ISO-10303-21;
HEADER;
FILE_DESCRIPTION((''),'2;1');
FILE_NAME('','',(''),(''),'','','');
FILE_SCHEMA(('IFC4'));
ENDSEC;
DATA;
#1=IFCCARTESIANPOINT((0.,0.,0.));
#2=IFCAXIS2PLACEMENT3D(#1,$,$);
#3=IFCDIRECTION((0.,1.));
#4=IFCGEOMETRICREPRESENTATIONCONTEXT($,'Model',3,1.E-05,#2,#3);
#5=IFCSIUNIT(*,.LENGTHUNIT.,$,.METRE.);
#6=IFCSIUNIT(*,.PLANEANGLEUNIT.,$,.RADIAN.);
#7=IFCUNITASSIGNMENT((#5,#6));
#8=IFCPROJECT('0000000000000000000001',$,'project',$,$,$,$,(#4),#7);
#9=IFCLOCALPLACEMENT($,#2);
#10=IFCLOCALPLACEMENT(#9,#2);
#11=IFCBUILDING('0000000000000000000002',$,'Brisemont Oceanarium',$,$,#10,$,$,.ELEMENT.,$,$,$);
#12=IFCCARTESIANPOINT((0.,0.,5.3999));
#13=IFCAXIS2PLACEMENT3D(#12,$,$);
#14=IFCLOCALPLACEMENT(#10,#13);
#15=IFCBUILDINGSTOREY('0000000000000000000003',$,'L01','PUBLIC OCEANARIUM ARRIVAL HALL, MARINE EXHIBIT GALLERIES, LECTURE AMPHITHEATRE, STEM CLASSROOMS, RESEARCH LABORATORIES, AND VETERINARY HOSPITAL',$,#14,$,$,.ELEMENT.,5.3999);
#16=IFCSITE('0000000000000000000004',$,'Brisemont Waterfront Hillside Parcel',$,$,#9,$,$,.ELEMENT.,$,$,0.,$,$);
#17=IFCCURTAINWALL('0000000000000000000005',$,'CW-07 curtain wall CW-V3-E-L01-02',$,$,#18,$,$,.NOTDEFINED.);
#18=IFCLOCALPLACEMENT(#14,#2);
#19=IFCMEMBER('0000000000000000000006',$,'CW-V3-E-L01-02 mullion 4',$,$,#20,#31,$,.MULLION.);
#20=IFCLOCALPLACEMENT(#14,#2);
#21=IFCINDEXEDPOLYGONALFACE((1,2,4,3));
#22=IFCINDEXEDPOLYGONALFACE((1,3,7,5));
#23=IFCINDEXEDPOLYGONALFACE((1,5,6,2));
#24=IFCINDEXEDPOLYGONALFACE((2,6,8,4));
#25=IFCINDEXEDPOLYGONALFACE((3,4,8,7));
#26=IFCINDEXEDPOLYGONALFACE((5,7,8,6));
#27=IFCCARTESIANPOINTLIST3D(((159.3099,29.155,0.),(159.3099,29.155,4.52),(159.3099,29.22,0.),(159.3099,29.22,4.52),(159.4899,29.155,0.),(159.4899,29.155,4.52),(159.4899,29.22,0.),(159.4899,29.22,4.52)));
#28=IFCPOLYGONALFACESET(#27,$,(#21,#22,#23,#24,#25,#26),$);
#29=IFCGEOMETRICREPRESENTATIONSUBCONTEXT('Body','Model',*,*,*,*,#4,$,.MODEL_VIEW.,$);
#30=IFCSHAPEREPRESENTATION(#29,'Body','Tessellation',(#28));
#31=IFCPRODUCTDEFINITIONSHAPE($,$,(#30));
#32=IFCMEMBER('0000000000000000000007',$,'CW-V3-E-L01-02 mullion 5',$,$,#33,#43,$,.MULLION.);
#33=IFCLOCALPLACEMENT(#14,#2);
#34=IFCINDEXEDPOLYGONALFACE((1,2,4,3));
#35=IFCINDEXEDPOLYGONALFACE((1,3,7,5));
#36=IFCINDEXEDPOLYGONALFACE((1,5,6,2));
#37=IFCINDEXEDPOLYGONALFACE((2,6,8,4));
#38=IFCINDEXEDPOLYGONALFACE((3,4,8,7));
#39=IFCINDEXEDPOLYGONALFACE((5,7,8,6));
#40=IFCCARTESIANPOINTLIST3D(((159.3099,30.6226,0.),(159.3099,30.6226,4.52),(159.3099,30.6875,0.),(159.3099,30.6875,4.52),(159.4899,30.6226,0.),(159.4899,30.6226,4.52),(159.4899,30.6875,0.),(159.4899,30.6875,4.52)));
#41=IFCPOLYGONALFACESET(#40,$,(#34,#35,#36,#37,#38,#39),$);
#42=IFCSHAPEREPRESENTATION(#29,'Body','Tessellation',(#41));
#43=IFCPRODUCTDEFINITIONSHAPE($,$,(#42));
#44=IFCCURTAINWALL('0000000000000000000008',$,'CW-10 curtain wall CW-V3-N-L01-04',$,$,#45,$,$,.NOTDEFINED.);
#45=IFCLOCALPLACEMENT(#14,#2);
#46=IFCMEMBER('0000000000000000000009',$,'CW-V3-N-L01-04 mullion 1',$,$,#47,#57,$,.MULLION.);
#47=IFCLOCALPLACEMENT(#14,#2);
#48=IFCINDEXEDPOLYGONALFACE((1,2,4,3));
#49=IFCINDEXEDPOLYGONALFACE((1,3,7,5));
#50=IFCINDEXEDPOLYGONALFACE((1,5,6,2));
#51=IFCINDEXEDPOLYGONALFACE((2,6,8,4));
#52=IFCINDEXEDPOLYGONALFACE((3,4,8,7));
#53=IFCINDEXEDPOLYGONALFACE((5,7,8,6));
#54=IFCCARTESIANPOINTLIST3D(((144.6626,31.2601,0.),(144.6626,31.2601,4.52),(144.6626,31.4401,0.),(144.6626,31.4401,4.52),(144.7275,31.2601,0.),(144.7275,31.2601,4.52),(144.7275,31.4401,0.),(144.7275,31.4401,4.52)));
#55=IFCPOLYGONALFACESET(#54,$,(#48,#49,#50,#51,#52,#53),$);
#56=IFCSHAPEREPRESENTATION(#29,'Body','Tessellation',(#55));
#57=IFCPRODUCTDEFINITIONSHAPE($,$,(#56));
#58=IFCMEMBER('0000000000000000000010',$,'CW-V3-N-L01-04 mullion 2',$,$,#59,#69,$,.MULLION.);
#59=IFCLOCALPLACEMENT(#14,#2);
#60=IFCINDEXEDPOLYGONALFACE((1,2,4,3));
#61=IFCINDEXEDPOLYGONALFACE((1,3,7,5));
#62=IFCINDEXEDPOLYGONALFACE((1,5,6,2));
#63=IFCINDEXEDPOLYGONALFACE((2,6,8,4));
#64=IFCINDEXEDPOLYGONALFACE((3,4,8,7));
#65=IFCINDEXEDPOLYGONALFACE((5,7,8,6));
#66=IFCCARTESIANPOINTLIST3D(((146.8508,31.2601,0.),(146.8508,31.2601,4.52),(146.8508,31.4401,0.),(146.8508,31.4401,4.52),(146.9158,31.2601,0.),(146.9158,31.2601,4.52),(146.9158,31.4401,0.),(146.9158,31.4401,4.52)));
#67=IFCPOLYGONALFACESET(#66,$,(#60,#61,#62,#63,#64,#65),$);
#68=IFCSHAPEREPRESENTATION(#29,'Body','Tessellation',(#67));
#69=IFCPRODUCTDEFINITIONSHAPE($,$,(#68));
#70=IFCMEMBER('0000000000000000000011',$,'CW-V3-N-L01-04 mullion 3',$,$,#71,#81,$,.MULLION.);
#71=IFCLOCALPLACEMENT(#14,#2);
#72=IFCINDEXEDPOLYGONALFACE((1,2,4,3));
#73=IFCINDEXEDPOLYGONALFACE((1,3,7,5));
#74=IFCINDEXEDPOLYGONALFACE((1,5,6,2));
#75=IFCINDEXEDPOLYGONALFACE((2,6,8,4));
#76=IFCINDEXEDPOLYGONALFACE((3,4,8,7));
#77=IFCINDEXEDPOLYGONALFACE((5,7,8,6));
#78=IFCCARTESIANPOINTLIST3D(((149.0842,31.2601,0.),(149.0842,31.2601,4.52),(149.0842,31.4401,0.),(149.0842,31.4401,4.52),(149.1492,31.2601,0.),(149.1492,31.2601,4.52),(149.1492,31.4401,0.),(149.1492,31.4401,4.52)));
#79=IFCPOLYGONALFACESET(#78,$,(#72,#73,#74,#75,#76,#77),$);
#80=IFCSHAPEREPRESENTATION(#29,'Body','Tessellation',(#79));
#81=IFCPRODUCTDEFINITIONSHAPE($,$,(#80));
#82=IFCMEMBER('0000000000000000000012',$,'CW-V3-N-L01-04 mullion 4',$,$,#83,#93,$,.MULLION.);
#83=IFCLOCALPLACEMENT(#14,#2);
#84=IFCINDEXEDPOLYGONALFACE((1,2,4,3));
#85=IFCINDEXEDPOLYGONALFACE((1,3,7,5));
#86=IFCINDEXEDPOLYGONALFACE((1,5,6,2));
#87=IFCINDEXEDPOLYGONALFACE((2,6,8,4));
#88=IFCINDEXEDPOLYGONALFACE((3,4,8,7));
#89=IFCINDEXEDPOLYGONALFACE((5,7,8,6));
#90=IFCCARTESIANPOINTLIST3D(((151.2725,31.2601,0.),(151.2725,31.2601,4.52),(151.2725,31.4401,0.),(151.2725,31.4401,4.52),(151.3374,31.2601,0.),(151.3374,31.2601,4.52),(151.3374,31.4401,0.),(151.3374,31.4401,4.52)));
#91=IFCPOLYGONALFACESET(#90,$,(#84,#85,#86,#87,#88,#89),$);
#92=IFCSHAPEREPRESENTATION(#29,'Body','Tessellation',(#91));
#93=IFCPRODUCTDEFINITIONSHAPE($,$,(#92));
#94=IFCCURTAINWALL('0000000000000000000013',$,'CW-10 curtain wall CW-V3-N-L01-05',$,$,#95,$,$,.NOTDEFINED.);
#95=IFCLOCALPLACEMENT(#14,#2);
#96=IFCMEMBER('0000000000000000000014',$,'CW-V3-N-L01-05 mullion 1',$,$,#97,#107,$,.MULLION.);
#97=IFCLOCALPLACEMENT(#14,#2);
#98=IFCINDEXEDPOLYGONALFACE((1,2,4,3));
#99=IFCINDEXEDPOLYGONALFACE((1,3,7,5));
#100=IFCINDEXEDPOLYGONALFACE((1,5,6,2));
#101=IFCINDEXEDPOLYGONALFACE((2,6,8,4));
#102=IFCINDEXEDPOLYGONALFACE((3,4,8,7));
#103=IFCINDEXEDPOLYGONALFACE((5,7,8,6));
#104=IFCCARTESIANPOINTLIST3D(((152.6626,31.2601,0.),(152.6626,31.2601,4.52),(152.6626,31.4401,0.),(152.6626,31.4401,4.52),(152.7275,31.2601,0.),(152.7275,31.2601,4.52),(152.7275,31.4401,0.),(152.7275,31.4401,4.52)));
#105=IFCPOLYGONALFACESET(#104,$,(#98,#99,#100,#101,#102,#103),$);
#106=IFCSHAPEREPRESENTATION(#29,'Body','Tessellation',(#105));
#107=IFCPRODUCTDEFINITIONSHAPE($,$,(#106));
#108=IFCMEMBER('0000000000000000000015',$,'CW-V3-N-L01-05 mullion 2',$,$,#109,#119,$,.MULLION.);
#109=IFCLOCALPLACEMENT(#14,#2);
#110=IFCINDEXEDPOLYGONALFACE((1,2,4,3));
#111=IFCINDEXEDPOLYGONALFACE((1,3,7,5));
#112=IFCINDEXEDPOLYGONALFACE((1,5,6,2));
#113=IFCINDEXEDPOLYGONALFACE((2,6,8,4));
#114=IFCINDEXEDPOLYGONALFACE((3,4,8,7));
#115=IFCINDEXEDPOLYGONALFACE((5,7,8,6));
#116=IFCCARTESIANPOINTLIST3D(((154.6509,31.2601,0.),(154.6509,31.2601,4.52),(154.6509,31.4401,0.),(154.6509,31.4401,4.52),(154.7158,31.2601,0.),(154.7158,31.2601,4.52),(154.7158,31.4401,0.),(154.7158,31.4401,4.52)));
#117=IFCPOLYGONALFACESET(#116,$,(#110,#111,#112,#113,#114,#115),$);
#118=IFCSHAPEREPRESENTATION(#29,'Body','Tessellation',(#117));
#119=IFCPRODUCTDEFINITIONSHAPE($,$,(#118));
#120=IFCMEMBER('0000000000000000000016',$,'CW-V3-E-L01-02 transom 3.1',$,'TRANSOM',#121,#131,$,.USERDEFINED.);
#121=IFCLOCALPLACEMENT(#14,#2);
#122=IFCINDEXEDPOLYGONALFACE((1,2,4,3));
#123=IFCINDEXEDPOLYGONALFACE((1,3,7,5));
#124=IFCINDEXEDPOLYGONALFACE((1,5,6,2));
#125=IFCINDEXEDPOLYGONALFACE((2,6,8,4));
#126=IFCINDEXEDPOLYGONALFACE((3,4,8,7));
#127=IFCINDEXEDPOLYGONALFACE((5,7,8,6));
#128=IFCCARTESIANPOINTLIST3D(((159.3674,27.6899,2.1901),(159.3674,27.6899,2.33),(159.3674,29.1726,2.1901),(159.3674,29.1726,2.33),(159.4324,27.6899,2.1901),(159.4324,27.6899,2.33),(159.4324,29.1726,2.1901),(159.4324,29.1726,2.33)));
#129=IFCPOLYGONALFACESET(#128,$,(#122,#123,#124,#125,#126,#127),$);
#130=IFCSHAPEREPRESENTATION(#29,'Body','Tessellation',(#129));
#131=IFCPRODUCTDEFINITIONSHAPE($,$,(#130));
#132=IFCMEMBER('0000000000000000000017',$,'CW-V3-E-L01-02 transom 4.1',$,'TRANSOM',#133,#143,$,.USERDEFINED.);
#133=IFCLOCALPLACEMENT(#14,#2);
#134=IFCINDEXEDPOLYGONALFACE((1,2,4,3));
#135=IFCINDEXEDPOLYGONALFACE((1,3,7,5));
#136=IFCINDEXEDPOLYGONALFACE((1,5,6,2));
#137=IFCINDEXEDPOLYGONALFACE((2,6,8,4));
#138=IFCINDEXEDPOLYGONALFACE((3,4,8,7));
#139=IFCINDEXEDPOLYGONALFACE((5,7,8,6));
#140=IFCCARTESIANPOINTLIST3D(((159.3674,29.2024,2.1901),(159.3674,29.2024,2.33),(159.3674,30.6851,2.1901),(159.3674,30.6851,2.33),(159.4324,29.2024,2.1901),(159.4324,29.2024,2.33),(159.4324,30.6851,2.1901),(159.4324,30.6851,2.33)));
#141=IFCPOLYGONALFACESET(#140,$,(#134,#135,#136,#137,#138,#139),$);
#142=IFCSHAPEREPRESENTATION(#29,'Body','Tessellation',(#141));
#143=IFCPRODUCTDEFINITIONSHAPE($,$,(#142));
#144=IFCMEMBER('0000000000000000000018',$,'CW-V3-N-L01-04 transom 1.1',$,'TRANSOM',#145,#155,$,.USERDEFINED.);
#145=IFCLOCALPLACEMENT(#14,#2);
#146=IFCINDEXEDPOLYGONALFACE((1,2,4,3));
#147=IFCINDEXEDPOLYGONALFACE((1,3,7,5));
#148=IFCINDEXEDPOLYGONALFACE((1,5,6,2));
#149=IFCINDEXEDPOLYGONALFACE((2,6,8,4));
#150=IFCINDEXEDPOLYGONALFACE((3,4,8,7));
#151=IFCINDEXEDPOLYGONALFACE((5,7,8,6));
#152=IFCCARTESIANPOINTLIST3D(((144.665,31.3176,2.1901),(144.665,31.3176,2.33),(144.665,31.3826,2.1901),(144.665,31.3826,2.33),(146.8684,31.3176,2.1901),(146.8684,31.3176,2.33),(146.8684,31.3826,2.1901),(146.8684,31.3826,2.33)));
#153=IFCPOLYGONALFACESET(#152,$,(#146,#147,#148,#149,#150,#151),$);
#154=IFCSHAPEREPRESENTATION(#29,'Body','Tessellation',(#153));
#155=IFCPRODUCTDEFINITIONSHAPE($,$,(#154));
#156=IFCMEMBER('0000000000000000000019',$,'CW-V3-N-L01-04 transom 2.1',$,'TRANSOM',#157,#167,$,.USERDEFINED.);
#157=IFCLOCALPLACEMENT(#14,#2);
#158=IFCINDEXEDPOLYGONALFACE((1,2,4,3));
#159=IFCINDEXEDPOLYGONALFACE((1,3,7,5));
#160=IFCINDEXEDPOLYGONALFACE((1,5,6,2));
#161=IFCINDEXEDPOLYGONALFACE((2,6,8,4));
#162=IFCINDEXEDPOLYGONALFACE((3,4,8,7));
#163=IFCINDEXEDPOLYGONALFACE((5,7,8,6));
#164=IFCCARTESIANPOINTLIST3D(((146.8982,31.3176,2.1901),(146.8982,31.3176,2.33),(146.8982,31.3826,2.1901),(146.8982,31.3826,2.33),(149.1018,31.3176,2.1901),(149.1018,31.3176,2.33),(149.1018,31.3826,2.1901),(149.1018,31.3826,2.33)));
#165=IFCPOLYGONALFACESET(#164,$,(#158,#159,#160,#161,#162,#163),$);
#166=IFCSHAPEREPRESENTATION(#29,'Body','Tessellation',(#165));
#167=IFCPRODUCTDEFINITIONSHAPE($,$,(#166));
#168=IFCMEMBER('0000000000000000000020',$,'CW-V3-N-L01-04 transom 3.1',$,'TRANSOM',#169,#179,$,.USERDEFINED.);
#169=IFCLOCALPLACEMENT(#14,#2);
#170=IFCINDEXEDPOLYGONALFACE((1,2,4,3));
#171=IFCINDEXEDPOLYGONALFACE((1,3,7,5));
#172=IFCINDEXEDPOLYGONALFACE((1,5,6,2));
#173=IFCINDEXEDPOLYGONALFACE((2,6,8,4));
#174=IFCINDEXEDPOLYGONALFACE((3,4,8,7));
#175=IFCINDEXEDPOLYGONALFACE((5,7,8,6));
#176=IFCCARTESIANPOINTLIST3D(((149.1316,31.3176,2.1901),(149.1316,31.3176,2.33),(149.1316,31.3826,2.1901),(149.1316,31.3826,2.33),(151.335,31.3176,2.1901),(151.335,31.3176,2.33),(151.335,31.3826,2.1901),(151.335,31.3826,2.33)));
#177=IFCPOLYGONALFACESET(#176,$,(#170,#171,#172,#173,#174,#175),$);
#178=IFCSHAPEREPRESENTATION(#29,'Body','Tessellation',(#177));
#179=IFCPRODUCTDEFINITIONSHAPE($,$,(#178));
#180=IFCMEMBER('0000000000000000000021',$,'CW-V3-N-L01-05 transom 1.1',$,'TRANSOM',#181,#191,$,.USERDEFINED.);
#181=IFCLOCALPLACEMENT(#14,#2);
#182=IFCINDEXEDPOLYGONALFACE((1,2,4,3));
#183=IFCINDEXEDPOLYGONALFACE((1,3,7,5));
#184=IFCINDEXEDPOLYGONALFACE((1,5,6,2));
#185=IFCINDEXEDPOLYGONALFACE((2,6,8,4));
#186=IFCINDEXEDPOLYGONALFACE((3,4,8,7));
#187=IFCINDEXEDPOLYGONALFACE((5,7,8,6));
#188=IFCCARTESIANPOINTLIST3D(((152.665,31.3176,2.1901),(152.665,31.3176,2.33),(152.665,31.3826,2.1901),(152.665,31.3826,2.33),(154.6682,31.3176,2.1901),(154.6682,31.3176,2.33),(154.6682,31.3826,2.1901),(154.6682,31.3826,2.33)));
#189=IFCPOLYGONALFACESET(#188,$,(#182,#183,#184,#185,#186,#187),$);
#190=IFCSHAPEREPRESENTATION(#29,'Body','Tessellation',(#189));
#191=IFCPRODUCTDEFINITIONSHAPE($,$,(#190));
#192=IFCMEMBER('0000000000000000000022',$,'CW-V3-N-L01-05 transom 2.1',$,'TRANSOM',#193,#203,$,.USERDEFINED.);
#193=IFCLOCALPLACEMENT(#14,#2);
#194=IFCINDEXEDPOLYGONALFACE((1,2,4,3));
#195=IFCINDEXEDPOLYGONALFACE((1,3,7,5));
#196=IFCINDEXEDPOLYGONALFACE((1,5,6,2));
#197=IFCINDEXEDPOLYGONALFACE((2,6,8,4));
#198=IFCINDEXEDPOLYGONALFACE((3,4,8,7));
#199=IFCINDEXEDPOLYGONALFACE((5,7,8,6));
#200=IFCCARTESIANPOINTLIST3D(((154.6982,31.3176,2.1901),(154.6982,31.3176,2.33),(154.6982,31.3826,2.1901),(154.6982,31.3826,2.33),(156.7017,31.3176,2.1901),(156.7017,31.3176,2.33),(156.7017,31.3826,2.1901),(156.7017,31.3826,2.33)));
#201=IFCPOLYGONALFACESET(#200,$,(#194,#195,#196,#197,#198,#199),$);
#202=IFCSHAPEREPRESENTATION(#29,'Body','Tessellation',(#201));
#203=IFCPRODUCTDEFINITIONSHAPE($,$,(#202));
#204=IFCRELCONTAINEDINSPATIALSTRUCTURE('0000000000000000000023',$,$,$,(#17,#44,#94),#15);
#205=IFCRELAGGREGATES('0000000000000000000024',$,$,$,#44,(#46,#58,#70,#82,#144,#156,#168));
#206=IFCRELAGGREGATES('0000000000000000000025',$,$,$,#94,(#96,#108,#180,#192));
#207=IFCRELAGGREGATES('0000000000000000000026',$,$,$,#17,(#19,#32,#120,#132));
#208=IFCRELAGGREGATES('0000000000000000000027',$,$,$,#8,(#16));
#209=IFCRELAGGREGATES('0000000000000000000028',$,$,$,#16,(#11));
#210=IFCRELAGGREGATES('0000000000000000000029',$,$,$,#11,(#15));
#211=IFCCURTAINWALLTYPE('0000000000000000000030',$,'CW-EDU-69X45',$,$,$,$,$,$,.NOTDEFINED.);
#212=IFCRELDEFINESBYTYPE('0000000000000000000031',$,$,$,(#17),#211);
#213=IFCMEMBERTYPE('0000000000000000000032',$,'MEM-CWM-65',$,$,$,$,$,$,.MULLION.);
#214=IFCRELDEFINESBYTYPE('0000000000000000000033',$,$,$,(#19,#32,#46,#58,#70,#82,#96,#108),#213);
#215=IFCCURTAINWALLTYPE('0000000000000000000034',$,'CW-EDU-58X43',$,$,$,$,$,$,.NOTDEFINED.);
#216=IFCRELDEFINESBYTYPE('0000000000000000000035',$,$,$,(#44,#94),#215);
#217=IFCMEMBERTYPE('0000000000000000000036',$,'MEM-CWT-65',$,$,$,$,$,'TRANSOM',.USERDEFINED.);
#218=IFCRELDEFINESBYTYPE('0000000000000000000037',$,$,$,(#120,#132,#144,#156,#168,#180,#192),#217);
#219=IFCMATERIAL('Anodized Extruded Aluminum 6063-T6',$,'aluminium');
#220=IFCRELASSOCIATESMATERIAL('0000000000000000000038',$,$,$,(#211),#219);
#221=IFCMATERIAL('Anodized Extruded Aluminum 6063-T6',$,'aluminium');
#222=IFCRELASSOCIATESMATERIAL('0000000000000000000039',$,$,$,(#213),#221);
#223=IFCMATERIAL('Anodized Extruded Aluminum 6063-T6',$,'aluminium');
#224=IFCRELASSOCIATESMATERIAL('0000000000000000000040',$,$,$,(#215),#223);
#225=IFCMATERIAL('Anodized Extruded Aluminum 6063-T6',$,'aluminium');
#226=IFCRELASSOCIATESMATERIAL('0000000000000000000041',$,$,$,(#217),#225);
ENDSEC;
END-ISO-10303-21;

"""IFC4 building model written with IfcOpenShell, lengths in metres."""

from ifc_helpers import new_model, si_unit, direction, frame, origin, origin_2d, place, context, subcontext, project, spatial, rectangle, extrude, material, material_profile, profile_set, type_object, element, aggregate, save


model = new_model("IFC4")

# Units and contexts
model_context = context("Model", 3, precision=1e-05, world=origin(), true_north=direction((0.0, 1.0)))
body_context = subcontext(model_context, "Body", "Model", "MODEL_VIEW")
ifc_project = project(units=[si_unit("LENGTHUNIT", "METRE"), si_unit("PLANEANGLEUNIT", "RADIAN")], contexts=[model_context])

# Site, building, storey
site_placement = place(None, origin())
site = spatial("IfcSite", under=ifc_project, at=site_placement, Name="Brisemont Waterfront Hillside Parcel", CompositionType="ELEMENT", RefElevation=0.0)
building_placement = place(site_placement, origin())
building = spatial("IfcBuilding", under=site, at=building_placement, Name="Brisemont Oceanarium", CompositionType="ELEMENT")
storey_placement = place(building_placement, frame((0.0, 0.0, 5.3999)))
storey = spatial("IfcBuildingStorey", under=building, at=storey_placement, Name="L01", Description="PUBLIC OCEANARIUM ARRIVAL HALL, MARINE EXHIBIT GALLERIES, LECTURE AMPHITHEATRE, STEM CLASSROOMS, RESEARCH LABORATORIES, AND VETERINARY HOSPITAL", CompositionType="ELEMENT", Elevation=5.3999)

# Curtain walls, members
ifc_material_1 = material(Name="Anodized Extruded Aluminum 6063-T6", Category="aluminium")
curtain_wall_type_1 = type_object("IfcCurtainWallType", Name="CW-EDU-69X45", PredefinedType="NOTDEFINED", material=ifc_material_1)
curtain_wall_1_placement = place(storey_placement, origin())
curtain_wall_1 = element("IfcCurtainWall", 1, at=curtain_wall_1_placement, inside=storey, type_object=curtain_wall_type_1, Name="CW-07 curtain wall CW-V3-E-L01-02", PredefinedType="NOTDEFINED")
ifc_material_2 = material(Name="Anodized Extruded Aluminum 6063-T6", Category="aluminium")
ifc_material_profile_1 = material_profile(ifc_material_2, rectangle(XDim=0.0649, YDim=0.1799, at=origin_2d()), Name="CWM-65X180")
ifc_profile_set_1 = profile_set([ifc_material_profile_1], Name="Anodized Extruded Aluminum 6063-T6")
member_type_1 = type_object("IfcMemberType", Name="MEM-CWM-65", PredefinedType="MULLION", material=ifc_profile_set_1)
member_1_placement = place(storey_placement, frame((159.3999, 29.1875, 0.0), z_axis=(0.0, 0.0, 1.0), x_axis=(0.0, 1.0, 0.0)))
member_1 = element("IfcMember", 2, at=member_1_placement, type_object=member_type_1, Name="CW-V3-E-L01-02 mullion 4", PredefinedType="MULLION", context=body_context, shape_type="SweptSolid", body=[
    extrude(rectangle(XDim=0.0649, YDim=0.1799, at=origin_2d()), origin(), (0.0, 0.0, 1.0), 4.52),
])
member_2_placement = place(storey_placement, frame((159.3999, 30.655, 0.0), z_axis=(0.0, 0.0, 1.0), x_axis=(0.0, 1.0, 0.0)))
member_2 = element("IfcMember", 3, at=member_2_placement, type_object=member_type_1, Name="CW-V3-E-L01-02 mullion 5", PredefinedType="MULLION", context=body_context, shape_type="SweptSolid", body=[
    extrude(rectangle(XDim=0.0649, YDim=0.1799, at=origin_2d()), origin(), (0.0, 0.0, 1.0), 4.52),
])
ifc_material_3 = material(Name="Anodized Extruded Aluminum 6063-T6", Category="aluminium")
curtain_wall_type_2 = type_object("IfcCurtainWallType", Name="CW-EDU-58X43", PredefinedType="NOTDEFINED", material=ifc_material_3)
curtain_wall_2_placement = place(storey_placement, origin())
curtain_wall_2 = element("IfcCurtainWall", 4, at=curtain_wall_2_placement, inside=storey, type_object=curtain_wall_type_2, Name="CW-10 curtain wall CW-V3-N-L01-04", PredefinedType="NOTDEFINED")
member_3_placement = place(storey_placement, frame((144.6951, 31.3501, 0.0), z_axis=(0.0, 0.0, 1.0), x_axis=(1.0, 0.0, 0.0)))
member_3 = element("IfcMember", 5, at=member_3_placement, type_object=member_type_1, Name="CW-V3-N-L01-04 mullion 1", PredefinedType="MULLION", context=body_context, shape_type="SweptSolid", body=[
    extrude(rectangle(XDim=0.0649, YDim=0.1799, at=origin_2d()), origin(), (0.0, 0.0, 1.0), 4.52),
])
member_4_placement = place(storey_placement, frame((146.8833, 31.3501, 0.0), z_axis=(0.0, 0.0, 1.0), x_axis=(1.0, 0.0, 0.0)))
member_4 = element("IfcMember", 6, at=member_4_placement, type_object=member_type_1, Name="CW-V3-N-L01-04 mullion 2", PredefinedType="MULLION", context=body_context, shape_type="SweptSolid", body=[
    extrude(rectangle(XDim=0.0649, YDim=0.1799, at=origin_2d()), origin(), (0.0, 0.0, 1.0), 4.52),
])
member_5_placement = place(storey_placement, frame((149.1167, 31.3501, 0.0), z_axis=(0.0, 0.0, 1.0), x_axis=(1.0, 0.0, 0.0)))
member_5 = element("IfcMember", 7, at=member_5_placement, type_object=member_type_1, Name="CW-V3-N-L01-04 mullion 3", PredefinedType="MULLION", context=body_context, shape_type="SweptSolid", body=[
    extrude(rectangle(XDim=0.0649, YDim=0.1799, at=origin_2d()), origin(), (0.0, 0.0, 1.0), 4.52),
])
member_6_placement = place(storey_placement, frame((151.3049, 31.3501, 0.0), z_axis=(0.0, 0.0, 1.0), x_axis=(1.0, 0.0, 0.0)))
member_6 = element("IfcMember", 8, at=member_6_placement, type_object=member_type_1, Name="CW-V3-N-L01-04 mullion 4", PredefinedType="MULLION", context=body_context, shape_type="SweptSolid", body=[
    extrude(rectangle(XDim=0.0649, YDim=0.1799, at=origin_2d()), origin(), (0.0, 0.0, 1.0), 4.52),
])
curtain_wall_3_placement = place(storey_placement, origin())
curtain_wall_3 = element("IfcCurtainWall", 9, at=curtain_wall_3_placement, inside=storey, type_object=curtain_wall_type_2, Name="CW-10 curtain wall CW-V3-N-L01-05", PredefinedType="NOTDEFINED")
member_7_placement = place(storey_placement, frame((152.6951, 31.3501, 0.0), z_axis=(0.0, 0.0, 1.0), x_axis=(1.0, 0.0, 0.0)))
member_7 = element("IfcMember", 10, at=member_7_placement, type_object=member_type_1, Name="CW-V3-N-L01-05 mullion 1", PredefinedType="MULLION", context=body_context, shape_type="SweptSolid", body=[
    extrude(rectangle(XDim=0.0649, YDim=0.1799, at=origin_2d()), origin(), (0.0, 0.0, 1.0), 4.52),
])
member_8_placement = place(storey_placement, frame((154.6833, 31.3501, 0.0), z_axis=(0.0, 0.0, 1.0), x_axis=(1.0, 0.0, 0.0)))
member_8 = element("IfcMember", 11, at=member_8_placement, type_object=member_type_1, Name="CW-V3-N-L01-05 mullion 2", PredefinedType="MULLION", context=body_context, shape_type="SweptSolid", body=[
    extrude(rectangle(XDim=0.0649, YDim=0.1799, at=origin_2d()), origin(), (0.0, 0.0, 1.0), 4.52),
])

# Members
ifc_material_4 = material(Name="Anodized Extruded Aluminum 6063-T6", Category="aluminium")
ifc_material_profile_2 = material_profile(ifc_material_4, rectangle(XDim=0.0649, YDim=0.1399, at=origin_2d()), Name="CWT-65X140")
ifc_profile_set_2 = profile_set([ifc_material_profile_2], Name="Anodized Extruded Aluminum 6063-T6")
member_type_2 = type_object("IfcMemberType", Name="MEM-CWT-65", ElementType="TRANSOM", PredefinedType="USERDEFINED", material=ifc_profile_set_2)
member_9_placement = place(storey_placement, frame((159.3999, 27.6899, 2.26), z_axis=(0.0, 1.0, 0.0), x_axis=(-1.0, 0.0, 0.0)))
member_9 = element("IfcMember", 12, at=member_9_placement, type_object=member_type_2, Name="CW-V3-E-L01-02 transom 3.1", ObjectType="TRANSOM", PredefinedType="USERDEFINED", context=body_context, shape_type="SweptSolid", body=[
    extrude(rectangle(XDim=0.0649, YDim=0.1399, at=origin_2d()), origin(), (0.0, 0.0, 1.0), 1.4827),
])
member_10_placement = place(storey_placement, frame((159.3999, 29.2024, 2.26), z_axis=(0.0, 1.0, 0.0), x_axis=(-1.0, 0.0, 0.0)))
member_10 = element("IfcMember", 13, at=member_10_placement, type_object=member_type_2, Name="CW-V3-E-L01-02 transom 4.1", ObjectType="TRANSOM", PredefinedType="USERDEFINED", context=body_context, shape_type="SweptSolid", body=[
    extrude(rectangle(XDim=0.0649, YDim=0.1399, at=origin_2d()), origin(), (0.0, 0.0, 1.0), 1.4827),
])
member_11_placement = place(storey_placement, frame((144.665, 31.3501, 2.26), z_axis=(1.0, 0.0, 0.0), x_axis=(0.0, 1.0, 0.0)))
member_11 = element("IfcMember", 14, at=member_11_placement, type_object=member_type_2, Name="CW-V3-N-L01-04 transom 1.1", ObjectType="TRANSOM", PredefinedType="USERDEFINED", context=body_context, shape_type="SweptSolid", body=[
    extrude(rectangle(XDim=0.0649, YDim=0.1399, at=origin_2d()), origin(), (0.0, 0.0, 1.0), 2.2034),
])
member_12_placement = place(storey_placement, frame((146.8982, 31.3501, 2.26), z_axis=(1.0, 0.0, 0.0), x_axis=(0.0, 1.0, 0.0)))
member_12 = element("IfcMember", 15, at=member_12_placement, type_object=member_type_2, Name="CW-V3-N-L01-04 transom 2.1", ObjectType="TRANSOM", PredefinedType="USERDEFINED", context=body_context, shape_type="SweptSolid", body=[
    extrude(rectangle(XDim=0.0649, YDim=0.1399, at=origin_2d()), origin(), (0.0, 0.0, 1.0), 2.2036),
])
member_13_placement = place(storey_placement, frame((149.1316, 31.3501, 2.26), z_axis=(1.0, 0.0, 0.0), x_axis=(0.0, 1.0, 0.0)))
member_13 = element("IfcMember", 16, at=member_13_placement, type_object=member_type_2, Name="CW-V3-N-L01-04 transom 3.1", ObjectType="TRANSOM", PredefinedType="USERDEFINED", context=body_context, shape_type="SweptSolid", body=[
    extrude(rectangle(XDim=0.0649, YDim=0.1399, at=origin_2d()), origin(), (0.0, 0.0, 1.0), 2.2034),
])
member_14_placement = place(storey_placement, frame((152.665, 31.3501, 2.26), z_axis=(1.0, 0.0, 0.0), x_axis=(0.0, 1.0, 0.0)))
member_14 = element("IfcMember", 17, at=member_14_placement, type_object=member_type_2, Name="CW-V3-N-L01-05 transom 1.1", ObjectType="TRANSOM", PredefinedType="USERDEFINED", context=body_context, shape_type="SweptSolid", body=[
    extrude(rectangle(XDim=0.0649, YDim=0.1399, at=origin_2d()), origin(), (0.0, 0.0, 1.0), 2.0032),
])
member_15_placement = place(storey_placement, frame((154.6982, 31.3501, 2.26), z_axis=(1.0, 0.0, 0.0), x_axis=(0.0, 1.0, 0.0)))
member_15 = element("IfcMember", 18, at=member_15_placement, type_object=member_type_2, Name="CW-V3-N-L01-05 transom 2.1", ObjectType="TRANSOM", PredefinedType="USERDEFINED", context=body_context, shape_type="SweptSolid", body=[
    extrude(rectangle(XDim=0.0649, YDim=0.1399, at=origin_2d()), origin(), (0.0, 0.0, 1.0), 2.0034),
])

aggregate(curtain_wall_2, [member_3, member_4, member_5, member_6, member_11, member_12, member_13])
aggregate(curtain_wall_3, [member_7, member_8, member_14, member_15])
aggregate(curtain_wall_1, [member_1, member_2, member_9, member_10])

save(model, "model.ifc")
